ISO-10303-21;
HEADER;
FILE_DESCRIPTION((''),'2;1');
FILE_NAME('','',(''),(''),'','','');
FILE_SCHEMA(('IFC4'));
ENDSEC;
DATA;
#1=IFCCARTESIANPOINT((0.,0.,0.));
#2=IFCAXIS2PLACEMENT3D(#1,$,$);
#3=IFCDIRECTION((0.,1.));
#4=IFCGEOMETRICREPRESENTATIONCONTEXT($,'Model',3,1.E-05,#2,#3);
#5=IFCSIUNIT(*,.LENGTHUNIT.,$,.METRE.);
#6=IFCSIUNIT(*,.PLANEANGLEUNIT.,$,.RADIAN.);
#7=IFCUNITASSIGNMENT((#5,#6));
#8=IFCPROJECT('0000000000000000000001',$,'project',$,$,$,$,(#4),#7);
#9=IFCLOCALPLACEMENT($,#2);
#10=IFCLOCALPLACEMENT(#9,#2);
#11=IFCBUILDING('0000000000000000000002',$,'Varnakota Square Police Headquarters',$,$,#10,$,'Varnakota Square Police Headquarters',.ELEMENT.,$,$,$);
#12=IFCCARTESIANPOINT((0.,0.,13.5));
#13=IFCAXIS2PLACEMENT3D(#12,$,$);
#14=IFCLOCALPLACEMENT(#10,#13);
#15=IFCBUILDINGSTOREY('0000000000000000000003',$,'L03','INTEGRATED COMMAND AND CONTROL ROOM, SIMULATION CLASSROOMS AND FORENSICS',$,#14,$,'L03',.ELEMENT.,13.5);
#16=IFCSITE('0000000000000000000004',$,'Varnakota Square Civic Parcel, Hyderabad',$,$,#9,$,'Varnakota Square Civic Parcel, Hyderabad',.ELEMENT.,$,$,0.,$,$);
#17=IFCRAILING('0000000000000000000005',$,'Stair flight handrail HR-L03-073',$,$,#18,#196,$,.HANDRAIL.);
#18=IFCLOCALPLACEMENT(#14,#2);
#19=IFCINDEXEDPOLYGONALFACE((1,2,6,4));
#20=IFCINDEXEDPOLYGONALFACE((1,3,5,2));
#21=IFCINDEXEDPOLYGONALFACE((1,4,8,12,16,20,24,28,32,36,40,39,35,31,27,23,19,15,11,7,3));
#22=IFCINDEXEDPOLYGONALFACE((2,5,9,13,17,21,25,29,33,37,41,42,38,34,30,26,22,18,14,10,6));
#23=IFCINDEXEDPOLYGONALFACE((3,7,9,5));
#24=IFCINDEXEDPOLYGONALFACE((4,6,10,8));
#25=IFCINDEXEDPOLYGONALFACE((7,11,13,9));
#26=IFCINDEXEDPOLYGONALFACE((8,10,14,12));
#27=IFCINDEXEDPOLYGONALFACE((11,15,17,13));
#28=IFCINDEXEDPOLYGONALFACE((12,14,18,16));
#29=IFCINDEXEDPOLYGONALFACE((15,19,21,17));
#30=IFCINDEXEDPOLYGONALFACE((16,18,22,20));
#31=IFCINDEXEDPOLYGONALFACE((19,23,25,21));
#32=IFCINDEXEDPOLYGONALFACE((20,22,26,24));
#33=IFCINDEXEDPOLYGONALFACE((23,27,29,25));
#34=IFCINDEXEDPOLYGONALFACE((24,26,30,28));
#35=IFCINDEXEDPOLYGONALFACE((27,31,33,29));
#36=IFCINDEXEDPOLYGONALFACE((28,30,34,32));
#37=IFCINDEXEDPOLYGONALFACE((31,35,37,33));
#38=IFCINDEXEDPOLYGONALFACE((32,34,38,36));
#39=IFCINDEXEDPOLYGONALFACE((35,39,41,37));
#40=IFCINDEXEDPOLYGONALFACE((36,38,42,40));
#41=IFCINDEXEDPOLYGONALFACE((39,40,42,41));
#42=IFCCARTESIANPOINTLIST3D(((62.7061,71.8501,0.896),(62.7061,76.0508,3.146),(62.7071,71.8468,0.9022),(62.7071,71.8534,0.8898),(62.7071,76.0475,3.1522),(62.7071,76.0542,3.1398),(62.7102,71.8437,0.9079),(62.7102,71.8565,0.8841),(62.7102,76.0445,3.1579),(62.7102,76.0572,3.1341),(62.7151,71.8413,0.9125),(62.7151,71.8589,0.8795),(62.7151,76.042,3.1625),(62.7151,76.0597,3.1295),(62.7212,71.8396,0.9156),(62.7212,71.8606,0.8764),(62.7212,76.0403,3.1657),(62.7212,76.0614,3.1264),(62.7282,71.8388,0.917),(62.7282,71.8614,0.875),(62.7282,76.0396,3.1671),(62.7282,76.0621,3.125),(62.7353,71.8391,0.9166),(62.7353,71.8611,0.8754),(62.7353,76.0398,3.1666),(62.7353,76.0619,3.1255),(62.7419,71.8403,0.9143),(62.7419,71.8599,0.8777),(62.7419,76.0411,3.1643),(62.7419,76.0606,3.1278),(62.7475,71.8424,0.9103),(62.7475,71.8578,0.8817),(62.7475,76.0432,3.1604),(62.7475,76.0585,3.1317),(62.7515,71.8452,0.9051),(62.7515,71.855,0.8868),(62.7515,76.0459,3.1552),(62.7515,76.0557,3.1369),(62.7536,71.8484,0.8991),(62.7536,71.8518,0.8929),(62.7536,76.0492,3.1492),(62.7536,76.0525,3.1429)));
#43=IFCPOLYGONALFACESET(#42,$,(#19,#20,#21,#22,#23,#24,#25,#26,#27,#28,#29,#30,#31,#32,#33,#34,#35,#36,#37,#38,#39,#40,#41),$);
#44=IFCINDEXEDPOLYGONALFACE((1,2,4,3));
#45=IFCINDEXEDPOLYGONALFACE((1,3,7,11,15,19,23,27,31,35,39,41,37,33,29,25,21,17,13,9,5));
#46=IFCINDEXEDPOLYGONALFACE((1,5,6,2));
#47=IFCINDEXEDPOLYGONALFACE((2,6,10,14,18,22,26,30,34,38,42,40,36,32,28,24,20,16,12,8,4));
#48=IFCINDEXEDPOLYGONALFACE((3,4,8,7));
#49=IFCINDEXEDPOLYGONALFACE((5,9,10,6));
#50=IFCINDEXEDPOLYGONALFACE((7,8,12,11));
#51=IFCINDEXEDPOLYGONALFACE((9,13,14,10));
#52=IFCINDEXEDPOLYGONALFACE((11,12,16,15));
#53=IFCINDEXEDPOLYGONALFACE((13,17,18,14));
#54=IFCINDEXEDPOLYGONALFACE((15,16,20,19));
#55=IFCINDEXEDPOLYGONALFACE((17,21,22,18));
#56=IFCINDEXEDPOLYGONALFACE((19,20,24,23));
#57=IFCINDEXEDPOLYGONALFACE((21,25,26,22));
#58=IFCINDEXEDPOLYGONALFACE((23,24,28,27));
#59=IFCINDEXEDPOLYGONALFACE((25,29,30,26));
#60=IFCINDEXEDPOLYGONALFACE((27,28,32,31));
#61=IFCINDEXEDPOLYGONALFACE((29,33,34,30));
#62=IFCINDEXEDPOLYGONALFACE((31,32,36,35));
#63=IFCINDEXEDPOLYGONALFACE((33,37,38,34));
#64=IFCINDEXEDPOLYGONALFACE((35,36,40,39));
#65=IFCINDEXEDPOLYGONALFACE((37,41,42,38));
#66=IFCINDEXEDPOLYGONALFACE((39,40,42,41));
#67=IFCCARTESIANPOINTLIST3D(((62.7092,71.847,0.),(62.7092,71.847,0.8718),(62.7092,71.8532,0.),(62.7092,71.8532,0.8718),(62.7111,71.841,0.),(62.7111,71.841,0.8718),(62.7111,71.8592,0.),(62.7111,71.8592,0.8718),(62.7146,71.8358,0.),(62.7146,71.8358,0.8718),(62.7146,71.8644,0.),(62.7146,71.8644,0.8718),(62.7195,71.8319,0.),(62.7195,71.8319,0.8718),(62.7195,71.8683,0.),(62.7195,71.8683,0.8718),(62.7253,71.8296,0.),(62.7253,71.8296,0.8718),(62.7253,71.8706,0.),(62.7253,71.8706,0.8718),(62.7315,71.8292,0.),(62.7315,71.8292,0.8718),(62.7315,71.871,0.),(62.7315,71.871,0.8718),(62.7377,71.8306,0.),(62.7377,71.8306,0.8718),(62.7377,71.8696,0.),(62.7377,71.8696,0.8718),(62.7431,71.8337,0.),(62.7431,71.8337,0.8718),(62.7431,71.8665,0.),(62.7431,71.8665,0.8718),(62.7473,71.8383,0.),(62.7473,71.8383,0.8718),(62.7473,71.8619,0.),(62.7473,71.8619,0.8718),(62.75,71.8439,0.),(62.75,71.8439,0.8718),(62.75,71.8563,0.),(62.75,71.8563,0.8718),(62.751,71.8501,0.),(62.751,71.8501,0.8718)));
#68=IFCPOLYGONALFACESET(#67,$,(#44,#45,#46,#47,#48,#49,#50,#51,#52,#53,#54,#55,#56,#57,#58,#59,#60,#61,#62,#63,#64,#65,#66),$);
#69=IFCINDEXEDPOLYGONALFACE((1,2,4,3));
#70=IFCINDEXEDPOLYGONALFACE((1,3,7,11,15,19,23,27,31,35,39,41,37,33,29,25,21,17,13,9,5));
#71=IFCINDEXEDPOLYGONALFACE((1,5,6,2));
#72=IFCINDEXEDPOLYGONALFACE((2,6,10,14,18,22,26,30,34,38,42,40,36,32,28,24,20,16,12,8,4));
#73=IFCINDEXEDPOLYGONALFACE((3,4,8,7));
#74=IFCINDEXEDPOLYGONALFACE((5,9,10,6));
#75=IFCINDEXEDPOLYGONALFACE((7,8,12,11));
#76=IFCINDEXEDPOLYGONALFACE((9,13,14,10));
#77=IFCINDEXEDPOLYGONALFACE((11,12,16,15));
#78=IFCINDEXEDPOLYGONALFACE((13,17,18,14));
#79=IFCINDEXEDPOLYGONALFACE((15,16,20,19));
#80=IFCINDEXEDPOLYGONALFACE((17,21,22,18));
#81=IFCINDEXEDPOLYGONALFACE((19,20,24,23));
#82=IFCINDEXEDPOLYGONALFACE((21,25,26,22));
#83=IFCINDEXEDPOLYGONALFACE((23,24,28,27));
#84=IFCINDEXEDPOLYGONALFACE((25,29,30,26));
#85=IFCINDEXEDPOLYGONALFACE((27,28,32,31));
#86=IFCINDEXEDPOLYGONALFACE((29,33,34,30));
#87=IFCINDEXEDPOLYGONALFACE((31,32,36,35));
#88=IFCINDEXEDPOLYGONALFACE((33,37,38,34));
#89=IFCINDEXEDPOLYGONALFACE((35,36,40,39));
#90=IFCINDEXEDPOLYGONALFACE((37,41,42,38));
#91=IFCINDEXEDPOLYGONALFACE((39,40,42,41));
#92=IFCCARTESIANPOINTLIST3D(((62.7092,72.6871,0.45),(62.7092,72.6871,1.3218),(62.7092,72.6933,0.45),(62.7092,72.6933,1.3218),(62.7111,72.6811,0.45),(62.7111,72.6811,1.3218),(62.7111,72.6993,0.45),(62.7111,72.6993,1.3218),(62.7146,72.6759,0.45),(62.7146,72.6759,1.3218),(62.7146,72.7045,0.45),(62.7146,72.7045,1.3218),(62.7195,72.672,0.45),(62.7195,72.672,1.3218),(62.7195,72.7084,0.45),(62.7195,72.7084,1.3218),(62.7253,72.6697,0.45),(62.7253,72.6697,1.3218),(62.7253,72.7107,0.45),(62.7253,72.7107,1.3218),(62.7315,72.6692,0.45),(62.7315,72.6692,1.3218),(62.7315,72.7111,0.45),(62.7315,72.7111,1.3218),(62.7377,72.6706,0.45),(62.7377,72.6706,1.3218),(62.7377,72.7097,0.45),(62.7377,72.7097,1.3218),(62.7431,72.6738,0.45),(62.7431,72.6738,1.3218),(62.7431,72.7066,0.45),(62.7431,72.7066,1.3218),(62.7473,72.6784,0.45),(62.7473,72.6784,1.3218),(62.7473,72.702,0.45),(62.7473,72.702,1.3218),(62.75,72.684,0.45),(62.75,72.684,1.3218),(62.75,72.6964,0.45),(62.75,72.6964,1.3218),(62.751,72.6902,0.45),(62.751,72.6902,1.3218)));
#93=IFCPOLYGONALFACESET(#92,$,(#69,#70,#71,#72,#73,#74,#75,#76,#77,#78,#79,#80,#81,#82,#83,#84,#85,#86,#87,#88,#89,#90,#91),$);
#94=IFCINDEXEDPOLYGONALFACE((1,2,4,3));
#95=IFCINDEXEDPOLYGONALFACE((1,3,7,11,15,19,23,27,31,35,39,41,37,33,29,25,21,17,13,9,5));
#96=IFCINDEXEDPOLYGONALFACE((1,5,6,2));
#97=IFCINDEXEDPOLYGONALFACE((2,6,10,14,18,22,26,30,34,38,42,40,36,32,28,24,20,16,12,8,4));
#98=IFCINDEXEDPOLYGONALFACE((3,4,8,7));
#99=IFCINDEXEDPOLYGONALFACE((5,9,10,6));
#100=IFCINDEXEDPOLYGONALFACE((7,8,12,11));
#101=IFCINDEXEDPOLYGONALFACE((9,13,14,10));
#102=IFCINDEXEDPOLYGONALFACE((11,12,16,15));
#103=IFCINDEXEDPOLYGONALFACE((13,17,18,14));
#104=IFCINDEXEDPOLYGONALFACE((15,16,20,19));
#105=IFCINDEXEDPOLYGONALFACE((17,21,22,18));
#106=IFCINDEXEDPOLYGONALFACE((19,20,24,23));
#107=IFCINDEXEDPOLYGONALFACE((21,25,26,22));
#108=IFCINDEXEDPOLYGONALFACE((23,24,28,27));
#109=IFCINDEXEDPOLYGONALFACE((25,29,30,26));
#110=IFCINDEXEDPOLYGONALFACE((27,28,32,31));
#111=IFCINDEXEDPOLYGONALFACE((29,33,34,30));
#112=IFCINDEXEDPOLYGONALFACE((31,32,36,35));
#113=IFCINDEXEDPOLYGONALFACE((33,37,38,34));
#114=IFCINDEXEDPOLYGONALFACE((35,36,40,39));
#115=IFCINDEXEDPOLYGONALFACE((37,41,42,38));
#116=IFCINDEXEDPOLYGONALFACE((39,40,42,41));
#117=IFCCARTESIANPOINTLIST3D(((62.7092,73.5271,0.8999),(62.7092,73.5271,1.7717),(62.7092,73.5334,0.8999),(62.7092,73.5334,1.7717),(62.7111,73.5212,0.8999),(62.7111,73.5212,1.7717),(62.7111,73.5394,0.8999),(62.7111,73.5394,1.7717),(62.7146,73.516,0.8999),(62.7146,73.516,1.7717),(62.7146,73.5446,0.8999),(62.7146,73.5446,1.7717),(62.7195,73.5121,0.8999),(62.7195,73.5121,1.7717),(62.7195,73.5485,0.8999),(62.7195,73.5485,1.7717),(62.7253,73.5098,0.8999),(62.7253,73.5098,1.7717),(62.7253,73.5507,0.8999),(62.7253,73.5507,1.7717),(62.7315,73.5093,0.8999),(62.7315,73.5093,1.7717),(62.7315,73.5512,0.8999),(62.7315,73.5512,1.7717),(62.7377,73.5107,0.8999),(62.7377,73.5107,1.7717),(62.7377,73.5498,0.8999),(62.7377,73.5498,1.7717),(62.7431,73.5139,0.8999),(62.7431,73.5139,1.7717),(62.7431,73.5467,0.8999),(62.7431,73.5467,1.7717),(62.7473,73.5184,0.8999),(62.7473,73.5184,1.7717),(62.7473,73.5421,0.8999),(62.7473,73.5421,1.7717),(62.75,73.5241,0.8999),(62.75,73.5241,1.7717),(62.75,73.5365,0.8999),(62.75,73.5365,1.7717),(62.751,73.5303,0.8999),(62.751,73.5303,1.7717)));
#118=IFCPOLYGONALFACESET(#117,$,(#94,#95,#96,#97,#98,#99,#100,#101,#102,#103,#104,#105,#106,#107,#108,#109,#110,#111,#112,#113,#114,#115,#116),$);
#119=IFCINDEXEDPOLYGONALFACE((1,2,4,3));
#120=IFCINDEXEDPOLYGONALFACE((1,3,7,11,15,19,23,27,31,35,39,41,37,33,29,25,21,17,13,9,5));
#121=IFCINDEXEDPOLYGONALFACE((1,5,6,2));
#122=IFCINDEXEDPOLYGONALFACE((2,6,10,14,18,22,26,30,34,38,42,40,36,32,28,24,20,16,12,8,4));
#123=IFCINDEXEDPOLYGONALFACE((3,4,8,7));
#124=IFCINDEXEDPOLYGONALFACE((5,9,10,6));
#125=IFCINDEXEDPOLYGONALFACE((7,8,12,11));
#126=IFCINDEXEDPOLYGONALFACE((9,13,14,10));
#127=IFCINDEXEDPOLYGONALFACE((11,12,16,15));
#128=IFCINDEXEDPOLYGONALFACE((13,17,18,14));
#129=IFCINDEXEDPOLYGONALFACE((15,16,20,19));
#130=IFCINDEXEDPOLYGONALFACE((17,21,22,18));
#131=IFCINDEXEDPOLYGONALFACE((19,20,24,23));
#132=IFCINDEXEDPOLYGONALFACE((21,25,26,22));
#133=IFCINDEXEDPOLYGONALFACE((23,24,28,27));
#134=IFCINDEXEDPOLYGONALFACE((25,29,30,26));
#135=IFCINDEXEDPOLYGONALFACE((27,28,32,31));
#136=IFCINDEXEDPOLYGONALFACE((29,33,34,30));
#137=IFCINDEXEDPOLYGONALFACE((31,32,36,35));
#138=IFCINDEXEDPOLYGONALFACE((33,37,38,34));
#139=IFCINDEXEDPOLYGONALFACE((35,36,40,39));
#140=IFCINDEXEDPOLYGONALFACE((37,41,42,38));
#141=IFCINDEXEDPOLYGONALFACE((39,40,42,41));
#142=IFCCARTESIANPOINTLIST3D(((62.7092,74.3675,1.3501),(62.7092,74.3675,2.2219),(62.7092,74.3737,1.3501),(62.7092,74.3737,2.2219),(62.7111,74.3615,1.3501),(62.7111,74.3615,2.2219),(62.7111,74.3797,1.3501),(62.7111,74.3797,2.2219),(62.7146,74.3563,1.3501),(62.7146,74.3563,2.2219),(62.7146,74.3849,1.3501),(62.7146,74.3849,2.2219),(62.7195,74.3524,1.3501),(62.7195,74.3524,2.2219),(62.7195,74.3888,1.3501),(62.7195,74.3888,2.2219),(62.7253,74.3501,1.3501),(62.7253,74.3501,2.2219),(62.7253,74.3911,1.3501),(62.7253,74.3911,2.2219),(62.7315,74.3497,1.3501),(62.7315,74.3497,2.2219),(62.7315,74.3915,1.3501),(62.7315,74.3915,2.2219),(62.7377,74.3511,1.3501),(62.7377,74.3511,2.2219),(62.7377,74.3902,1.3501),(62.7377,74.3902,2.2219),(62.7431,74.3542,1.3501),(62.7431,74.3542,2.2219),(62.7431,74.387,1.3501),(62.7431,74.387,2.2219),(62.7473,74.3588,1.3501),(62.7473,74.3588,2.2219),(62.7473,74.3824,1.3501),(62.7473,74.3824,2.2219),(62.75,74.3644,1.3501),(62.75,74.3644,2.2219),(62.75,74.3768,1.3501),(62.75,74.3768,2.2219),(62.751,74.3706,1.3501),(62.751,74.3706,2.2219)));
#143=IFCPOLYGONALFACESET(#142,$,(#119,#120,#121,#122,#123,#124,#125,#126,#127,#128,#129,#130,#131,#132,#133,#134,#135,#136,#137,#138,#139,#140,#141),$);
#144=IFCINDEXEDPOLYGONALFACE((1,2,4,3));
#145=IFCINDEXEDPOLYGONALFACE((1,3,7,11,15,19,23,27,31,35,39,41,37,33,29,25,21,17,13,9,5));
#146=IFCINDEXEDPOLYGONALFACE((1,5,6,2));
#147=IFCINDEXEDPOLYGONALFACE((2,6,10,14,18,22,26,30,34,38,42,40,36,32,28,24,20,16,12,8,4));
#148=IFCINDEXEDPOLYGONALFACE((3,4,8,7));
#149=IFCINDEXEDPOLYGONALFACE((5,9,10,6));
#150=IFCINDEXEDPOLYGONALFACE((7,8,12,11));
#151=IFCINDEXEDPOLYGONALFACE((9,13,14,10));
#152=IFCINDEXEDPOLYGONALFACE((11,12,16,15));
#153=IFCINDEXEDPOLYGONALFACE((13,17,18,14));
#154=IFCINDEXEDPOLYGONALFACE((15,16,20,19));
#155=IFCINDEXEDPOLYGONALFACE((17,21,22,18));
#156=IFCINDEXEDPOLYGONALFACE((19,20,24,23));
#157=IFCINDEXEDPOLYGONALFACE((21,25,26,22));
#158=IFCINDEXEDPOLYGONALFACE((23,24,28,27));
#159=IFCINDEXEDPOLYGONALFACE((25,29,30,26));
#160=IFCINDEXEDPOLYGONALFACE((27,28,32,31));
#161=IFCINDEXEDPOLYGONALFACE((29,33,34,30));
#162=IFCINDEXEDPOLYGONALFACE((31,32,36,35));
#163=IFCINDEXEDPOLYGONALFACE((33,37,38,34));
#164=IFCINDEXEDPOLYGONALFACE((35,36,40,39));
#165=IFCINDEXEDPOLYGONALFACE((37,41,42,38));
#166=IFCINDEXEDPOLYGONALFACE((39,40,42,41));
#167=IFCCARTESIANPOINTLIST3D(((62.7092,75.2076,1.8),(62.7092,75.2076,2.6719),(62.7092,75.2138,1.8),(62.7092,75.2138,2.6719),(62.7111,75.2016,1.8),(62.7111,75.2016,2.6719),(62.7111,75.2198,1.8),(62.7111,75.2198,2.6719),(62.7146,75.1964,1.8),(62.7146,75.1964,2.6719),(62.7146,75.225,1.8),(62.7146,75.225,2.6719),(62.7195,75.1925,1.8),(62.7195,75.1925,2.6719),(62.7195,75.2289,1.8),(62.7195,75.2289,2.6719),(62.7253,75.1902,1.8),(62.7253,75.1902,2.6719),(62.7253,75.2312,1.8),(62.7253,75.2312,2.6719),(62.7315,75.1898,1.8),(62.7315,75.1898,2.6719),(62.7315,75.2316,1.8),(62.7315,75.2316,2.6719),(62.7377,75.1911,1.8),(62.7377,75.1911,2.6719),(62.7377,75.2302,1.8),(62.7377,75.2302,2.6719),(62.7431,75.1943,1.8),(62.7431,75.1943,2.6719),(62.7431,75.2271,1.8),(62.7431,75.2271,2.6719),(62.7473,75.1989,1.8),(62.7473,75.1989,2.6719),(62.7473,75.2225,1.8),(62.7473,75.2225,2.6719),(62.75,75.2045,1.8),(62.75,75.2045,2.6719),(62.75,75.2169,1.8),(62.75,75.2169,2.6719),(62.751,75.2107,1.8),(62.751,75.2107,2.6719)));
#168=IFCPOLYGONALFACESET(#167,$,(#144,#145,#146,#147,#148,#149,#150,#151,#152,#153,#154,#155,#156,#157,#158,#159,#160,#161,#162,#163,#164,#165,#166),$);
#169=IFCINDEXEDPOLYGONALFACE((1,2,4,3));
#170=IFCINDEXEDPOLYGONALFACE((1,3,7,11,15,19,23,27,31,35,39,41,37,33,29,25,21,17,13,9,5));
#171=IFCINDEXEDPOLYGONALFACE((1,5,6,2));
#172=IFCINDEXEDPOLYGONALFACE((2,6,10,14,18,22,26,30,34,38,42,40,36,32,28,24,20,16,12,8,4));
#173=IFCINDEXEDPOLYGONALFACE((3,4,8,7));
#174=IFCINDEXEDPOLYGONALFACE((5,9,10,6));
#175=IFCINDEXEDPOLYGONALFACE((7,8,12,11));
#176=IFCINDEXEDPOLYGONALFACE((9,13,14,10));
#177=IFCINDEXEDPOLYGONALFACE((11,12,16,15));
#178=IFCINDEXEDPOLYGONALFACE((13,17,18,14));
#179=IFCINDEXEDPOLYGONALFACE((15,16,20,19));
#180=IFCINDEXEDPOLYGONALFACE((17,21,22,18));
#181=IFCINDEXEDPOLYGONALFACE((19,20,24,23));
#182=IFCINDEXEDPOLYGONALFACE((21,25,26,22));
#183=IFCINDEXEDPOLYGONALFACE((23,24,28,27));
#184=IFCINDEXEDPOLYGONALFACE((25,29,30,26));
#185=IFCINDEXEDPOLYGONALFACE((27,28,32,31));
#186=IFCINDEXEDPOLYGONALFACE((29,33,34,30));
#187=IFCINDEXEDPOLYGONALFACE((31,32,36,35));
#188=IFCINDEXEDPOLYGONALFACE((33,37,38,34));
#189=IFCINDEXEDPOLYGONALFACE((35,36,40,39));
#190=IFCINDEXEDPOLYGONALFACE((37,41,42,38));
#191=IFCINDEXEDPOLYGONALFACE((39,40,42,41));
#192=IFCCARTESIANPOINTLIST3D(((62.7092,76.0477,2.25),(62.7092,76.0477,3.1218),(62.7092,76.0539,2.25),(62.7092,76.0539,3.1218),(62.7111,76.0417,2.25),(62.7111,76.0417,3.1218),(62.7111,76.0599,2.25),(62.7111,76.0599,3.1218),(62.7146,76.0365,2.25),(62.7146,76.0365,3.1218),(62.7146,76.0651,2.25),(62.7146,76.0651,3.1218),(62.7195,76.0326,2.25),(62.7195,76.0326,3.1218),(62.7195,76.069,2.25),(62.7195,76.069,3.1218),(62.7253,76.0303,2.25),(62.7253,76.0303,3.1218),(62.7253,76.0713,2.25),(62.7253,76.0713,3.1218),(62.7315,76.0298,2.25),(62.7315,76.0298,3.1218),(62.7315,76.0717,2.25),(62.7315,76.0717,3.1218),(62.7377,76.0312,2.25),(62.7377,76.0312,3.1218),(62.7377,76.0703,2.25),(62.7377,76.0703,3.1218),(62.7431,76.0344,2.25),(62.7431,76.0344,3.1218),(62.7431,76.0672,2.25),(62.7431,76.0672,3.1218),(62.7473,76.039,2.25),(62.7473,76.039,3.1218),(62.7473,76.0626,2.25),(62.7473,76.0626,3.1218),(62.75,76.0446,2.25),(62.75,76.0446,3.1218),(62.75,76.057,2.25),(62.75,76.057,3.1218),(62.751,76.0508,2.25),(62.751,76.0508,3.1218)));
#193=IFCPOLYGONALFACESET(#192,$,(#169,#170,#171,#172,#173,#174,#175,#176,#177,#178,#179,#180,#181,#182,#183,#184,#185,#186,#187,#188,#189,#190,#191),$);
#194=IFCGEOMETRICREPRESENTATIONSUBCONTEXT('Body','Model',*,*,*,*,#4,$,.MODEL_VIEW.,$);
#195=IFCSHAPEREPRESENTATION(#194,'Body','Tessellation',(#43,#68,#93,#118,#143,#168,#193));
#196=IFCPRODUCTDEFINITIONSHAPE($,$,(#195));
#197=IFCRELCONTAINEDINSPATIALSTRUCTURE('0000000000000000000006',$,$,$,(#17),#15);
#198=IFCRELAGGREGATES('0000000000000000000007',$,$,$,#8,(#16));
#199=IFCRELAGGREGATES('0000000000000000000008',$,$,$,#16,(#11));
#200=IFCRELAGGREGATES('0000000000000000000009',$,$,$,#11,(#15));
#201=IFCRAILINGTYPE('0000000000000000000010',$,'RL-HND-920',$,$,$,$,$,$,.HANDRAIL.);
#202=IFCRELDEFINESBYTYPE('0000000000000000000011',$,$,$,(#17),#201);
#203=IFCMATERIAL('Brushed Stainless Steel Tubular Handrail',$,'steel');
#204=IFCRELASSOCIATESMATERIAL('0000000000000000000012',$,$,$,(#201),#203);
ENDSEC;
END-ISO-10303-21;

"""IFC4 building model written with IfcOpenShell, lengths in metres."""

from ifc_helpers import new_model, si_unit, direction, frame, origin, origin_2d, place, context, subcontext, project, spatial, circle, extrude, material, type_object, element, save


model = new_model("IFC4")

# Units and contexts
model_context = context("Model", 3, precision=1e-05, world=origin(), true_north=direction((0.0, 1.0)))
body_context = subcontext(model_context, "Body", "Model", "MODEL_VIEW")
ifc_project = project(units=[si_unit("LENGTHUNIT", "METRE"), si_unit("PLANEANGLEUNIT", "RADIAN")], contexts=[model_context])

# Site, building, storey
site_placement = place(None, origin())
site = spatial("IfcSite", under=ifc_project, at=site_placement, Name="Varnakota Square Civic Parcel, Hyderabad", LongName="Varnakota Square Civic Parcel, Hyderabad", CompositionType="ELEMENT", RefElevation=0.0)
building_placement = place(site_placement, origin())
building = spatial("IfcBuilding", under=site, at=building_placement, Name="Varnakota Square Police Headquarters", LongName="Varnakota Square Police Headquarters", CompositionType="ELEMENT")
storey_placement = place(building_placement, frame((0.0, 0.0, 13.5)))
storey = spatial("IfcBuildingStorey", under=building, at=storey_placement, Name="L03", Description="INTEGRATED COMMAND AND CONTROL ROOM, SIMULATION CLASSROOMS AND FORENSICS", LongName="L03", CompositionType="ELEMENT", Elevation=13.5)

# Railing
ifc_material_1 = material(Name="Brushed Stainless Steel Tubular Handrail", Category="steel")
railing_type_1 = type_object("IfcRailingType", Name="RL-HND-920", PredefinedType="HANDRAIL", material=ifc_material_1)
railing_1_placement = place(storey_placement, frame((62.73, 71.8501, 0.0)))
element("IfcRailing", 1, at=railing_1_placement, inside=storey, type_object=railing_type_1, Name="Stair flight handrail HR-L03-073", PredefinedType="HANDRAIL", context=body_context, shape_type="SweptSolid", body=[
    extrude(circle(Radius=0.0239, at=origin_2d()), frame((0.0, 0.0, 0.896), z_axis=(0.0, 0.881512, 0.472162), x_axis=(-1.0, 0.0, 0.0)), (0.0, 0.0, 1.0), 4.7654),
    extrude(circle(Radius=0.021, at=origin_2d()), origin(), (0.0, 0.0, 1.0), 0.8718),
    extrude(circle(Radius=0.021, at=origin_2d()), frame((0.0, 0.8401, 0.45)), (0.0, 0.0, 1.0), 0.8718),
    extrude(circle(Radius=0.021, at=origin_2d()), frame((0.0, 1.6802, 0.8999)), (0.0, 0.0, 1.0), 0.8718),
    extrude(circle(Radius=0.021, at=origin_2d()), frame((0.0, 2.5205, 1.3501)), (0.0, 0.0, 1.0), 0.8718),
    extrude(circle(Radius=0.021, at=origin_2d()), frame((0.0, 3.3606, 1.8)), (0.0, 0.0, 1.0), 0.8718),
    extrude(circle(Radius=0.021, at=origin_2d()), frame((0.0, 4.2007, 2.25)), (0.0, 0.0, 1.0), 0.8718),
])

save(model, "model.ifc")
